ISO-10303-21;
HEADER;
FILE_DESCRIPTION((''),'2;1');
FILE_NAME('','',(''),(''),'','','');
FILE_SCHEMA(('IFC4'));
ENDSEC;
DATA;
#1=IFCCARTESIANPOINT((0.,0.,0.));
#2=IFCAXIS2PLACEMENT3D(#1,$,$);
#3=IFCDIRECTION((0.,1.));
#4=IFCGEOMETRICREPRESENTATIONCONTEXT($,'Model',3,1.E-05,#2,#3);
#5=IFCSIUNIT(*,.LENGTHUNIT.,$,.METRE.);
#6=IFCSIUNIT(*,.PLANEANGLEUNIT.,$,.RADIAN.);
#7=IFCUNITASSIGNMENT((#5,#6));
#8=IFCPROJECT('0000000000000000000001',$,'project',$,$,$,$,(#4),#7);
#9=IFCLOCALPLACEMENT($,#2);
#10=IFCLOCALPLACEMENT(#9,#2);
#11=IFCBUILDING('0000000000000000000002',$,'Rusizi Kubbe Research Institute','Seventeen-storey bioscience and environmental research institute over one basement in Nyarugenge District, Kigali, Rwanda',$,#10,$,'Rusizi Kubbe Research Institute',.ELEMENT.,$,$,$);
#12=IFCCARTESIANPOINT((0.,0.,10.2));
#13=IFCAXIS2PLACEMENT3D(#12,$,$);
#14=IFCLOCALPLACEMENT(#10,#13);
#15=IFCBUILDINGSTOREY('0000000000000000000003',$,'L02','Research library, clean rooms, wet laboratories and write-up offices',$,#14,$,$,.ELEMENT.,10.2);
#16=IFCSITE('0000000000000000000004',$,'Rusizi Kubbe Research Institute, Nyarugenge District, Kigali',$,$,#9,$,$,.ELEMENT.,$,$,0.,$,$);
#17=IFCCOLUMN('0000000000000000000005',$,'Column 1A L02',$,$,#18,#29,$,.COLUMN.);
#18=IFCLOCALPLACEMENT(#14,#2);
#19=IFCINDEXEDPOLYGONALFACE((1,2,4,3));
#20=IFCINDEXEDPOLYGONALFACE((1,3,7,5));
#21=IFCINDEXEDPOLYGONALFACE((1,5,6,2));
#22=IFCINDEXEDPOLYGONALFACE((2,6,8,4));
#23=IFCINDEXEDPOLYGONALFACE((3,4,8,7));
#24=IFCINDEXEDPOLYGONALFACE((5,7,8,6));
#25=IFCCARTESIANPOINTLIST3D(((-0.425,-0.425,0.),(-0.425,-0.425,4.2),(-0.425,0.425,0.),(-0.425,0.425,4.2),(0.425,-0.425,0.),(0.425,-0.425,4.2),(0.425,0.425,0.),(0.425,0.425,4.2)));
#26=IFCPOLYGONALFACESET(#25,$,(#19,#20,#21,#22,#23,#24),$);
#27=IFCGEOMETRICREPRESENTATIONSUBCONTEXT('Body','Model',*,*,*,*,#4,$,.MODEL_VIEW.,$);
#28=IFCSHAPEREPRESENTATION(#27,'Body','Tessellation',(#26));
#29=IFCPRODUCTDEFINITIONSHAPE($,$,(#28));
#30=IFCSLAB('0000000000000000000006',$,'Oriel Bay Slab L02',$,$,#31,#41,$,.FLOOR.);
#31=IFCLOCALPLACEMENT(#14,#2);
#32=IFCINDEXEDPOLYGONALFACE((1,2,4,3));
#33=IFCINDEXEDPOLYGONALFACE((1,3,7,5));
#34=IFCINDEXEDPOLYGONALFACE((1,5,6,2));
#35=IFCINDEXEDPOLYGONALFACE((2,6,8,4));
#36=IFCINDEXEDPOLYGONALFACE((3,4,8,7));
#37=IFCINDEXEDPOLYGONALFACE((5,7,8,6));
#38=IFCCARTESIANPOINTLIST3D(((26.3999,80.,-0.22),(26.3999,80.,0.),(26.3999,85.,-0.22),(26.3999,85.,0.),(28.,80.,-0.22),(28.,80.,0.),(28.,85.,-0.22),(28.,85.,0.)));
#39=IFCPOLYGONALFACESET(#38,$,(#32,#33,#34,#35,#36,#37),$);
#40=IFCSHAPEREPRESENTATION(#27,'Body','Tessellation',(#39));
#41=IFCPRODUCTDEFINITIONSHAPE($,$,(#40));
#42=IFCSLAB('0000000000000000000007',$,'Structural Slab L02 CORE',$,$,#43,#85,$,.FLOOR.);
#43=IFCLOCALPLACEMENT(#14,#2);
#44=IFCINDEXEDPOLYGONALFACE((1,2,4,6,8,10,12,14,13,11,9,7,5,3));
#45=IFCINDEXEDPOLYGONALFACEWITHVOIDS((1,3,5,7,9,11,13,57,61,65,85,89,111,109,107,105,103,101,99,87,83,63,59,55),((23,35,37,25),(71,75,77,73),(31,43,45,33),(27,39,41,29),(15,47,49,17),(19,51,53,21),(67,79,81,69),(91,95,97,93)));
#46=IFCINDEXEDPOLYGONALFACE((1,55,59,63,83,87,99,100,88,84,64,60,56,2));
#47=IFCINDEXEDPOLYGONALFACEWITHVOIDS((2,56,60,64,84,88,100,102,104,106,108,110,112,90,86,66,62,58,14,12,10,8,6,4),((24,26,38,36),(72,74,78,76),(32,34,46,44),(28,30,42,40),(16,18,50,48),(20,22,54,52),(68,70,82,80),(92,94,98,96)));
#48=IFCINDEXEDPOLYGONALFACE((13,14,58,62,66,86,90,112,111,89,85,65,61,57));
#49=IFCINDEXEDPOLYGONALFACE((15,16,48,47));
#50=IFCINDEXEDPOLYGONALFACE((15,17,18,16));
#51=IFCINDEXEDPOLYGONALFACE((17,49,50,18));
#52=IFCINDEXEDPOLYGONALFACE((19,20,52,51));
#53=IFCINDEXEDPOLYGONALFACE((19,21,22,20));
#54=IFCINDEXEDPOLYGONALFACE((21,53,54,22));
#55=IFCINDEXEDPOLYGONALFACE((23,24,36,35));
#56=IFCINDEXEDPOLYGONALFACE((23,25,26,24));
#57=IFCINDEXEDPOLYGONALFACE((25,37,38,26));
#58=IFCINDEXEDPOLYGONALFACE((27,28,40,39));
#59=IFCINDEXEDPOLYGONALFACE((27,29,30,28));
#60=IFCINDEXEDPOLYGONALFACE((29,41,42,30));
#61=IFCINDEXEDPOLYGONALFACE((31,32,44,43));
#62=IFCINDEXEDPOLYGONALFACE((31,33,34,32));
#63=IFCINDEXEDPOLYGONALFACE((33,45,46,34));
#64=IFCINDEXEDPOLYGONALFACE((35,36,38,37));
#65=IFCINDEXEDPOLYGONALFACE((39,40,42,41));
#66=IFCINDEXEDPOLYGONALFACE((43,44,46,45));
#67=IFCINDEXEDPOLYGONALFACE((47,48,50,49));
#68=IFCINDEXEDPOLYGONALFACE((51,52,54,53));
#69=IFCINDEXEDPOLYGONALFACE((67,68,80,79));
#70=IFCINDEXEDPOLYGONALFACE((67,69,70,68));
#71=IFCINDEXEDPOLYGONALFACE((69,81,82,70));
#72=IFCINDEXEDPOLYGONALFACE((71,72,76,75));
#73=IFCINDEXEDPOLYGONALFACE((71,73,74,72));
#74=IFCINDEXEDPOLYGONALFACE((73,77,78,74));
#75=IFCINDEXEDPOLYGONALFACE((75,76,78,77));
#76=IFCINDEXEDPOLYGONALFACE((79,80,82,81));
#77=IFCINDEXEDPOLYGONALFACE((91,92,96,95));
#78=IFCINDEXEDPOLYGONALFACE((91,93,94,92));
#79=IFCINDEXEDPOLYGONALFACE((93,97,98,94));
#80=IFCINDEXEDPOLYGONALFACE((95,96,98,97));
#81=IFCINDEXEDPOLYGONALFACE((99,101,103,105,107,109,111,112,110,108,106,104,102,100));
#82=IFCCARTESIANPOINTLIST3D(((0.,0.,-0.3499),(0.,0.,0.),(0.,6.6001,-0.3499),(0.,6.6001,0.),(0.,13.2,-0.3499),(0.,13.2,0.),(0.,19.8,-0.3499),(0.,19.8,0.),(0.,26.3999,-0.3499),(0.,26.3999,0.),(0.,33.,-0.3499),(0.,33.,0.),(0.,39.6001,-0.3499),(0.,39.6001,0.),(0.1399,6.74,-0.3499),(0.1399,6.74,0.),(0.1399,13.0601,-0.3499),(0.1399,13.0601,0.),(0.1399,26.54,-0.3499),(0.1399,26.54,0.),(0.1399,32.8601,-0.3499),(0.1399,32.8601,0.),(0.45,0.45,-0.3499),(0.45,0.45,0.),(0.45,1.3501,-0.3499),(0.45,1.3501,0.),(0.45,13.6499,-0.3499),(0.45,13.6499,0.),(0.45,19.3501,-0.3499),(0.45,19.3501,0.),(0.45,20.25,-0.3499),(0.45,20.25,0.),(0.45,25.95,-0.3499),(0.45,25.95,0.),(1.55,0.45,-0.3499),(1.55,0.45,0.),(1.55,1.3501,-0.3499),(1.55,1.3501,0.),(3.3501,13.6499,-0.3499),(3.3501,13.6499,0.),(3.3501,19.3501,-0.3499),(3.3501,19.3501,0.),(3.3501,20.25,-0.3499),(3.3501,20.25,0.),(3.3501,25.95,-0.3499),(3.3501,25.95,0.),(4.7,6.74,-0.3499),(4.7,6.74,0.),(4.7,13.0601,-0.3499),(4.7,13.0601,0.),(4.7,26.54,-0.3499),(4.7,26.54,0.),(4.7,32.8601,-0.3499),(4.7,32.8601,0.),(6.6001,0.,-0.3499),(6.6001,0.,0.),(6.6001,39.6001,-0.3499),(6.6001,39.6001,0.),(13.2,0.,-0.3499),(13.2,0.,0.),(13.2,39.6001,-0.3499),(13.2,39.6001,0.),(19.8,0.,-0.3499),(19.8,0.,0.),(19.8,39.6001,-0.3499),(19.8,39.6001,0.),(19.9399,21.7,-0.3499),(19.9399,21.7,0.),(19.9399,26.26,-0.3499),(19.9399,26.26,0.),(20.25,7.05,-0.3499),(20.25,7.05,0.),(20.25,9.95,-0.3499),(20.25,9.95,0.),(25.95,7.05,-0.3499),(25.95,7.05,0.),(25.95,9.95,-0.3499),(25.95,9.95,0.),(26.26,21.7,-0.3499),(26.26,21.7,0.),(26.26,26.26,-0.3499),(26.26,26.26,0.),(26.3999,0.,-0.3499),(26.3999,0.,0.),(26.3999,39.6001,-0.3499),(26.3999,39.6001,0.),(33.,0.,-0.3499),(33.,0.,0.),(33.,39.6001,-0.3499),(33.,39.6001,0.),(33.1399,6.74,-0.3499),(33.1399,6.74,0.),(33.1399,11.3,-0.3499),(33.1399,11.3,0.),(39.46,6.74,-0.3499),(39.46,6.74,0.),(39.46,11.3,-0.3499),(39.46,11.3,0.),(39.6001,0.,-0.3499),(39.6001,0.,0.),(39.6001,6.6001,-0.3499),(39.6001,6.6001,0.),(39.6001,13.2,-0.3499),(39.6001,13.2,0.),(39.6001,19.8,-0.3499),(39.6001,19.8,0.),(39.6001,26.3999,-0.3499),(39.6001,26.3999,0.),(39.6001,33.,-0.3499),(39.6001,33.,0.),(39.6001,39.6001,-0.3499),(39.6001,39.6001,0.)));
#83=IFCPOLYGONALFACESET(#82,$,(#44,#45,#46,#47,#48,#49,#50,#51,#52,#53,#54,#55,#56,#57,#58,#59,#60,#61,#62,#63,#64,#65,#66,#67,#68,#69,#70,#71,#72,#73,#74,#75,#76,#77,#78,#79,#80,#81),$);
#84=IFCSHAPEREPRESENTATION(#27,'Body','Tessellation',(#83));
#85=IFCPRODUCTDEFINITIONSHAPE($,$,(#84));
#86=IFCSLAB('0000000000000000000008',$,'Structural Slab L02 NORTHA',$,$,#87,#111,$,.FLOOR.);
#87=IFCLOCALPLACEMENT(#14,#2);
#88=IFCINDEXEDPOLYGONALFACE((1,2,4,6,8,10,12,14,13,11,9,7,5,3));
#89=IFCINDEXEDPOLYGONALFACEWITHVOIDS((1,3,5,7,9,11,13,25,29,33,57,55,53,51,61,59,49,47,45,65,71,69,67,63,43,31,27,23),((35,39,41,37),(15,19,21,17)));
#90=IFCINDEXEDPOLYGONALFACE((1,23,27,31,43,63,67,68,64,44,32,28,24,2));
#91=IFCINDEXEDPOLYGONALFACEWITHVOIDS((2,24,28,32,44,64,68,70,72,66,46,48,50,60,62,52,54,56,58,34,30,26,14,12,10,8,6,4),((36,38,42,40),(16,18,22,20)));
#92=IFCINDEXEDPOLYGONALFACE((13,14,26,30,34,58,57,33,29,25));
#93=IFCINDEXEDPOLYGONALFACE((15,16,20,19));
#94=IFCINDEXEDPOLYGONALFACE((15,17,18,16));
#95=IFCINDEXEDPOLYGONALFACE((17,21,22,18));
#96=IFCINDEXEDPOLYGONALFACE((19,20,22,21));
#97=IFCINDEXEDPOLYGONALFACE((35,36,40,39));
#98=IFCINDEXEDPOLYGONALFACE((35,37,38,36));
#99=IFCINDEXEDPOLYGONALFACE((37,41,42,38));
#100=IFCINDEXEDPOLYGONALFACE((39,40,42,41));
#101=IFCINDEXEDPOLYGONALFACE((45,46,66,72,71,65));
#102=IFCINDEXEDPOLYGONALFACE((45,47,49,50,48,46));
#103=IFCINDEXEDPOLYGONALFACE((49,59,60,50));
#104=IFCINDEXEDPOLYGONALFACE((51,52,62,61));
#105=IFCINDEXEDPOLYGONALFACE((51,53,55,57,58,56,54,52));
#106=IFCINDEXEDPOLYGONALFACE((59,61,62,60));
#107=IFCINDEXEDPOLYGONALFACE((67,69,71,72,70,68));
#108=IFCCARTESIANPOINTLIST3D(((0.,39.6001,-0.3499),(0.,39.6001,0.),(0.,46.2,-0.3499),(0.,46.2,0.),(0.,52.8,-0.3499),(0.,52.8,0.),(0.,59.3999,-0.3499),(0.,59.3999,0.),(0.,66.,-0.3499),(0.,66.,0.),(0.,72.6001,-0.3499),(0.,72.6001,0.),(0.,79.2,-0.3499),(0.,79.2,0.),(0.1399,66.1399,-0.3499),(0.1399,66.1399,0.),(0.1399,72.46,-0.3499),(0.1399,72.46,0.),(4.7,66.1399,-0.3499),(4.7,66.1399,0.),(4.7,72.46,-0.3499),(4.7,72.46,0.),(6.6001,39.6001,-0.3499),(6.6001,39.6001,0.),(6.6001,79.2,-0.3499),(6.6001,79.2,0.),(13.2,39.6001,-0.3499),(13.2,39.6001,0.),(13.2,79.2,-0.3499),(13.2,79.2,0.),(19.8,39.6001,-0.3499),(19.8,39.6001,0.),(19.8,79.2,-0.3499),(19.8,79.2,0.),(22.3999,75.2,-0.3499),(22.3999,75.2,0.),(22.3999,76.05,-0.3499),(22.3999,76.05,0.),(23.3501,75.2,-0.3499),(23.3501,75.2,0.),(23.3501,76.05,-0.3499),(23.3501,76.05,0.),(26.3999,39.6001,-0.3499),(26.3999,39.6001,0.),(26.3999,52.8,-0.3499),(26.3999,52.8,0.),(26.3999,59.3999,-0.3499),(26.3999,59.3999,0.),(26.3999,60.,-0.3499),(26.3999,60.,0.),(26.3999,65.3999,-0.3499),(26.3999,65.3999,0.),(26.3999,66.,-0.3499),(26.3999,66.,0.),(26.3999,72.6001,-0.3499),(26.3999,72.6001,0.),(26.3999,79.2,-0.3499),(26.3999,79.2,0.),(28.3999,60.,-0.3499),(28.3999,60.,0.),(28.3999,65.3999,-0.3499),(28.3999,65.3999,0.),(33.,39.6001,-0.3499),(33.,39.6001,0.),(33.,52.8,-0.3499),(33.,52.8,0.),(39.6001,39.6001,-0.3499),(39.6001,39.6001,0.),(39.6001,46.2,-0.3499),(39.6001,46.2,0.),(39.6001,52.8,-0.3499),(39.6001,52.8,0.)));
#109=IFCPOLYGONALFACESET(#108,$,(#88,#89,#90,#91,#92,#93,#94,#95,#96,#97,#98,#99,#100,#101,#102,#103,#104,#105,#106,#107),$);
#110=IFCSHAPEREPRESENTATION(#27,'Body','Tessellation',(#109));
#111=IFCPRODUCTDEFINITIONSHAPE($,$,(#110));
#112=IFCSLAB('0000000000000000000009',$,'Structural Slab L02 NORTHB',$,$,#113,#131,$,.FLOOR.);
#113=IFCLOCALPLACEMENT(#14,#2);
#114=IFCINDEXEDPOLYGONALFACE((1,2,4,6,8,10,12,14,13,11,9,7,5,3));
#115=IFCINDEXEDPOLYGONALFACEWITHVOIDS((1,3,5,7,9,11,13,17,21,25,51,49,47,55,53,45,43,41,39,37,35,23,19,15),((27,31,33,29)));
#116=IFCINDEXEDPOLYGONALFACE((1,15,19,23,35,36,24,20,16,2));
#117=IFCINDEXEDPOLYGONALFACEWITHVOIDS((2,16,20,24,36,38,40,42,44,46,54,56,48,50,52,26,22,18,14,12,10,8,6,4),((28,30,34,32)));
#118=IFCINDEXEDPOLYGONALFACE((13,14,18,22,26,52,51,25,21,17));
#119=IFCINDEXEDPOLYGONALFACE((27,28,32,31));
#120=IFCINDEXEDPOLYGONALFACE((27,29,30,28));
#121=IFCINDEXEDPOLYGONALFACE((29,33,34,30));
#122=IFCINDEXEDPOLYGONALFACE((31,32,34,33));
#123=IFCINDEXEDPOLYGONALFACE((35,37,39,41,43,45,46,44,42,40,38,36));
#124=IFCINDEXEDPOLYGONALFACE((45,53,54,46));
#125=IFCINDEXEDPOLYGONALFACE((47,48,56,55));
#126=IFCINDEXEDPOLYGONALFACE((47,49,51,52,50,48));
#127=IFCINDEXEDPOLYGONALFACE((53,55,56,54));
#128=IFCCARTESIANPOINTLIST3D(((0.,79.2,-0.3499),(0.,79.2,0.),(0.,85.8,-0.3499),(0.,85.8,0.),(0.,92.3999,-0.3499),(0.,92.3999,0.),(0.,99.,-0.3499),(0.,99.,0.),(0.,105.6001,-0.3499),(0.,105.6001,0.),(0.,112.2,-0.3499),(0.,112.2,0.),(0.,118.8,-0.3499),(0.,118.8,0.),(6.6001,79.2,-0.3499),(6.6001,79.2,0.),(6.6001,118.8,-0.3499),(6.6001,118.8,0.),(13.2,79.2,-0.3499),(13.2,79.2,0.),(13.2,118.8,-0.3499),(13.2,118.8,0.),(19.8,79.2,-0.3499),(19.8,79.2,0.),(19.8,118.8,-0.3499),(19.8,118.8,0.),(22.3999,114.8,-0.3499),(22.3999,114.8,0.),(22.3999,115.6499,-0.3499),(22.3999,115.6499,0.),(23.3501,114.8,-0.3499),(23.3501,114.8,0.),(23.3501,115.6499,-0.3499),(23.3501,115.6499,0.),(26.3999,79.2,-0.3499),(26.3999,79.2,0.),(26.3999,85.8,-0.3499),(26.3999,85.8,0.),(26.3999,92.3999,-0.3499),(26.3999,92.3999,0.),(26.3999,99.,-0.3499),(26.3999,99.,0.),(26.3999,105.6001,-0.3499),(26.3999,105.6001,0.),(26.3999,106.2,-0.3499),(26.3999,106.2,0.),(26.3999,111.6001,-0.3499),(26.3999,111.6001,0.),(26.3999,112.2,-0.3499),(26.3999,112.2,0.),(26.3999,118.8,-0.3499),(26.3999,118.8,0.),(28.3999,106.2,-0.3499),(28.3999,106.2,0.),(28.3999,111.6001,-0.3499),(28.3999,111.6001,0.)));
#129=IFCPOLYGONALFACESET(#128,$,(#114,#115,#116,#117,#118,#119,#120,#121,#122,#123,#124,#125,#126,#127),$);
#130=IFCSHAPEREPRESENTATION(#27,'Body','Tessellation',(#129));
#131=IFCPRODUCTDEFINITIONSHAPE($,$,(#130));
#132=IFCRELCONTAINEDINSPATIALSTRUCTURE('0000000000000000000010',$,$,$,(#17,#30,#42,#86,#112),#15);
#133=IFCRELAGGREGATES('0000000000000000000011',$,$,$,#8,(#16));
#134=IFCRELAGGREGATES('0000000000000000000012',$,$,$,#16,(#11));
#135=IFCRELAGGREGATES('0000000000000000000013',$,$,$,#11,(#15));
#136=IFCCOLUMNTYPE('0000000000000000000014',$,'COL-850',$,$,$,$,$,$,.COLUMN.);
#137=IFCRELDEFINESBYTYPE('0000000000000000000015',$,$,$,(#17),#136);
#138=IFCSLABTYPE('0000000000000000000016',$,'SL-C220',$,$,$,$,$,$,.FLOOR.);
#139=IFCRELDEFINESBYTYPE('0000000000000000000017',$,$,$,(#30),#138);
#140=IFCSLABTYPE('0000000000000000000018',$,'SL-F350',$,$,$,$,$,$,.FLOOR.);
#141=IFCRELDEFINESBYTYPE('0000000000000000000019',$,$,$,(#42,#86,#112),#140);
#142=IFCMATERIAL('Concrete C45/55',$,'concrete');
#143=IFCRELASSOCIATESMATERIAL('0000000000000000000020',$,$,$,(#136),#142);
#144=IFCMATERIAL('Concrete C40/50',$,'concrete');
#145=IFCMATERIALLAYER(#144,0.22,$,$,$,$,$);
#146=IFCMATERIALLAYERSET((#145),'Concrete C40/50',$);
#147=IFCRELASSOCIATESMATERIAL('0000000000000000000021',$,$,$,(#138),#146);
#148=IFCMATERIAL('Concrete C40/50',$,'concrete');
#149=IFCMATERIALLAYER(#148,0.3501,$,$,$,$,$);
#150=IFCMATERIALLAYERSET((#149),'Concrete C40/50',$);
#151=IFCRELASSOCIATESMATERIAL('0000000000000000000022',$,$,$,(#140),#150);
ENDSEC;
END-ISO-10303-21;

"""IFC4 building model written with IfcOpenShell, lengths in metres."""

from ifc_helpers import new_model, si_unit, direction, frame, origin, origin_with_axes, origin_2d, place, context, subcontext, project, spatial, polyline, rectangle, outline, extrude, material, layer, layer_set, material_profile, profile_set, type_object, element, save


model = new_model("IFC4")

# Units and contexts
model_context = context("Model", 3, precision=1e-05, world=origin(), true_north=direction((0.0, 1.0)))
body_context = subcontext(model_context, "Body", "Model", "MODEL_VIEW")
ifc_project = project(units=[si_unit("LENGTHUNIT", "METRE"), si_unit("PLANEANGLEUNIT", "RADIAN")], contexts=[model_context])

# Site, building, storey
site_placement = place(None, origin())
site = spatial("IfcSite", under=ifc_project, at=site_placement, Name="Rusizi Kubbe Research Institute, Nyarugenge District, Kigali", CompositionType="ELEMENT", RefElevation=0.0)
building_placement = place(site_placement, origin())
building = spatial("IfcBuilding", under=site, at=building_placement, Name="Rusizi Kubbe Research Institute", Description="Seventeen-storey bioscience and environmental research institute over one basement in Nyarugenge District, Kigali, Rwanda", LongName="Rusizi Kubbe Research Institute", CompositionType="ELEMENT")
storey_placement = place(building_placement, frame((0.0, 0.0, 10.2)))
storey = spatial("IfcBuildingStorey", under=building, at=storey_placement, Name="L02", Description="Research library, clean rooms, wet laboratories and write-up offices", CompositionType="ELEMENT", Elevation=10.2)

# Column
ifc_material_1 = material(Name="Concrete C45/55", Category="concrete")
ifc_material_profile = material_profile(ifc_material_1, rectangle(XDim=0.8501, YDim=0.8501, at=origin_2d()), Name="RC850x850")
ifc_profile_set = profile_set([ifc_material_profile], Name="Concrete C45/55")
column_type = type_object("IfcColumnType", Name="COL-850", PredefinedType="COLUMN", material=ifc_profile_set)
column_placement = place(storey_placement, origin_with_axes())
element("IfcColumn", 1, at=column_placement, inside=storey, type_object=column_type, Name="Column 1A L02", PredefinedType="COLUMN", context=body_context, shape_type="SweptSolid", body=[
    extrude(rectangle(XDim=0.8501, YDim=0.8501, at=origin_2d()), origin(), (0.0, 0.0, 1.0), 4.2),
])

# Slabs
ifc_material_2 = material(Name="Concrete C40/50", Category="concrete")
ifc_layer_1 = layer(ifc_material_2, 0.22)
ifc_layer_set_1 = layer_set([ifc_layer_1], Name="Concrete C40/50")
slab_type_1 = type_object("IfcSlabType", Name="SL-C220", PredefinedType="FLOOR", material=ifc_layer_set_1)
slab_1_placement = place(storey_placement, frame((0.0, 0.0, -0.22)))
element("IfcSlab", 2, at=slab_1_placement, inside=storey, type_object=slab_type_1, Name="Oriel Bay Slab L02", PredefinedType="FLOOR", context=body_context, shape_type="SweptSolid", body=[
    extrude(outline(polyline([(28.0, 80.0), (28.0, 85.0), (26.3999, 85.0), (26.3999, 80.0), (28.0, 80.0)])), origin(), (0.0, 0.0, 1.0), 0.22),
])
ifc_material_3 = material(Name="Concrete C40/50", Category="concrete")
ifc_layer_2 = layer(ifc_material_3, 0.3501)
ifc_layer_set_2 = layer_set([ifc_layer_2], Name="Concrete C40/50")
slab_type_2 = type_object("IfcSlabType", Name="SL-F350", PredefinedType="FLOOR", material=ifc_layer_set_2)
slab_2_placement = place(storey_placement, frame((0.0, 0.0, -0.3499)))
element("IfcSlab", 3, at=slab_2_placement, inside=storey, type_object=slab_type_2, Name="Structural Slab L02 CORE", PredefinedType="FLOOR", context=body_context, shape_type="SweptSolid", body=[
    extrude(outline(polyline([(6.6001, 0.0), (0.0, 0.0), (0.0, 6.6001), (0.0, 13.2), (0.0, 19.8), (0.0, 26.3999), (0.0, 33.0), (0.0, 39.6001), (6.6001, 39.6001), (13.2, 39.6001), (19.8, 39.6001), (26.3999, 39.6001), (33.0, 39.6001), (39.6001, 39.6001), (39.6001, 33.0), (39.6001, 26.3999), (39.6001, 19.8), (39.6001, 13.2), (39.6001, 6.6001), (39.6001, 0.0), (33.0, 0.0), (26.3999, 0.0), (19.8, 0.0), (13.2, 0.0), (6.6001, 0.0)]), holes=[polyline([(0.45, 1.3501), (0.45, 0.45), (1.55, 0.45), (1.55, 1.3501), (0.45, 1.3501)]), polyline([(20.25, 9.95), (20.25, 7.05), (25.95, 7.05), (25.95, 9.95), (20.25, 9.95)]), polyline([(33.1399, 11.3), (33.1399, 6.74), (39.46, 6.74), (39.46, 11.3), (33.1399, 11.3)]), polyline([(4.7, 13.0601), (0.1399, 13.0601), (0.1399, 6.74), (4.7, 6.74), (4.7, 13.0601)]), polyline([(0.45, 19.3501), (0.45, 13.6499), (3.3501, 13.6499), (3.3501, 19.3501), (0.45, 19.3501)]), polyline([(0.45, 25.95), (0.45, 20.25), (3.3501, 20.25), (3.3501, 25.95), (0.45, 25.95)]), polyline([(19.9399, 26.26), (19.9399, 21.7), (26.26, 21.7), (26.26, 26.26), (19.9399, 26.26)]), polyline([(4.7, 32.8601), (0.1399, 32.8601), (0.1399, 26.54), (4.7, 26.54), (4.7, 32.8601)])]), origin(), (0.0, 0.0, 1.0), 0.3499),
])
slab_3_placement = place(storey_placement, frame((0.0, 0.0, -0.3499)))
element("IfcSlab", 4, at=slab_3_placement, inside=storey, type_object=slab_type_2, Name="Structural Slab L02 NORTHA", PredefinedType="FLOOR", context=body_context, shape_type="SweptSolid", body=[
    extrude(outline(polyline([(0.0, 72.6001), (0.0, 79.2), (6.6001, 79.2), (13.2, 79.2), (19.8, 79.2), (26.3999, 79.2), (26.3999, 72.6001), (26.3999, 66.0), (26.3999, 65.3999), (28.3999, 65.3999), (28.3999, 60.0), (26.3999, 60.0), (26.3999, 59.3999), (26.3999, 52.8), (33.0, 52.8), (39.6001, 52.8), (39.6001, 46.2), (39.6001, 39.6001), (33.0, 39.6001), (26.3999, 39.6001), (19.8, 39.6001), (13.2, 39.6001), (6.6001, 39.6001), (0.0, 39.6001), (0.0, 46.2), (0.0, 52.8), (0.0, 59.3999), (0.0, 66.0), (0.0, 72.6001)]), holes=[polyline([(0.1399, 72.46), (0.1399, 66.1399), (4.7, 66.1399), (4.7, 72.46), (0.1399, 72.46)]), polyline([(23.3501, 76.05), (22.3999, 76.05), (22.3999, 75.2), (23.3501, 75.2), (23.3501, 76.05)])]), origin(), (0.0, 0.0, 1.0), 0.3499),
])
slab_4_placement = place(storey_placement, frame((0.0, 0.0, -0.3499)))
element("IfcSlab", 5, at=slab_4_placement, inside=storey, type_object=slab_type_2, Name="Structural Slab L02 NORTHB", PredefinedType="FLOOR", context=body_context, shape_type="SweptSolid", body=[
    extrude(outline(polyline([(0.0, 112.2), (0.0, 118.8), (6.6001, 118.8), (13.2, 118.8), (19.8, 118.8), (26.3999, 118.8), (26.3999, 112.2), (26.3999, 111.6001), (28.3999, 111.6001), (28.3999, 106.2), (26.3999, 106.2), (26.3999, 105.6001), (26.3999, 99.0), (26.3999, 92.3999), (26.3999, 85.8), (26.3999, 79.2), (19.8, 79.2), (13.2, 79.2), (6.6001, 79.2), (0.0, 79.2), (0.0, 85.8), (0.0, 92.3999), (0.0, 99.0), (0.0, 105.6001), (0.0, 112.2)]), holes=[polyline([(23.3501, 115.6499), (22.3999, 115.6499), (22.3999, 114.8), (23.3501, 114.8), (23.3501, 115.6499)])]), origin(), (0.0, 0.0, 1.0), 0.3499),
])

save(model, "model.ifc")
